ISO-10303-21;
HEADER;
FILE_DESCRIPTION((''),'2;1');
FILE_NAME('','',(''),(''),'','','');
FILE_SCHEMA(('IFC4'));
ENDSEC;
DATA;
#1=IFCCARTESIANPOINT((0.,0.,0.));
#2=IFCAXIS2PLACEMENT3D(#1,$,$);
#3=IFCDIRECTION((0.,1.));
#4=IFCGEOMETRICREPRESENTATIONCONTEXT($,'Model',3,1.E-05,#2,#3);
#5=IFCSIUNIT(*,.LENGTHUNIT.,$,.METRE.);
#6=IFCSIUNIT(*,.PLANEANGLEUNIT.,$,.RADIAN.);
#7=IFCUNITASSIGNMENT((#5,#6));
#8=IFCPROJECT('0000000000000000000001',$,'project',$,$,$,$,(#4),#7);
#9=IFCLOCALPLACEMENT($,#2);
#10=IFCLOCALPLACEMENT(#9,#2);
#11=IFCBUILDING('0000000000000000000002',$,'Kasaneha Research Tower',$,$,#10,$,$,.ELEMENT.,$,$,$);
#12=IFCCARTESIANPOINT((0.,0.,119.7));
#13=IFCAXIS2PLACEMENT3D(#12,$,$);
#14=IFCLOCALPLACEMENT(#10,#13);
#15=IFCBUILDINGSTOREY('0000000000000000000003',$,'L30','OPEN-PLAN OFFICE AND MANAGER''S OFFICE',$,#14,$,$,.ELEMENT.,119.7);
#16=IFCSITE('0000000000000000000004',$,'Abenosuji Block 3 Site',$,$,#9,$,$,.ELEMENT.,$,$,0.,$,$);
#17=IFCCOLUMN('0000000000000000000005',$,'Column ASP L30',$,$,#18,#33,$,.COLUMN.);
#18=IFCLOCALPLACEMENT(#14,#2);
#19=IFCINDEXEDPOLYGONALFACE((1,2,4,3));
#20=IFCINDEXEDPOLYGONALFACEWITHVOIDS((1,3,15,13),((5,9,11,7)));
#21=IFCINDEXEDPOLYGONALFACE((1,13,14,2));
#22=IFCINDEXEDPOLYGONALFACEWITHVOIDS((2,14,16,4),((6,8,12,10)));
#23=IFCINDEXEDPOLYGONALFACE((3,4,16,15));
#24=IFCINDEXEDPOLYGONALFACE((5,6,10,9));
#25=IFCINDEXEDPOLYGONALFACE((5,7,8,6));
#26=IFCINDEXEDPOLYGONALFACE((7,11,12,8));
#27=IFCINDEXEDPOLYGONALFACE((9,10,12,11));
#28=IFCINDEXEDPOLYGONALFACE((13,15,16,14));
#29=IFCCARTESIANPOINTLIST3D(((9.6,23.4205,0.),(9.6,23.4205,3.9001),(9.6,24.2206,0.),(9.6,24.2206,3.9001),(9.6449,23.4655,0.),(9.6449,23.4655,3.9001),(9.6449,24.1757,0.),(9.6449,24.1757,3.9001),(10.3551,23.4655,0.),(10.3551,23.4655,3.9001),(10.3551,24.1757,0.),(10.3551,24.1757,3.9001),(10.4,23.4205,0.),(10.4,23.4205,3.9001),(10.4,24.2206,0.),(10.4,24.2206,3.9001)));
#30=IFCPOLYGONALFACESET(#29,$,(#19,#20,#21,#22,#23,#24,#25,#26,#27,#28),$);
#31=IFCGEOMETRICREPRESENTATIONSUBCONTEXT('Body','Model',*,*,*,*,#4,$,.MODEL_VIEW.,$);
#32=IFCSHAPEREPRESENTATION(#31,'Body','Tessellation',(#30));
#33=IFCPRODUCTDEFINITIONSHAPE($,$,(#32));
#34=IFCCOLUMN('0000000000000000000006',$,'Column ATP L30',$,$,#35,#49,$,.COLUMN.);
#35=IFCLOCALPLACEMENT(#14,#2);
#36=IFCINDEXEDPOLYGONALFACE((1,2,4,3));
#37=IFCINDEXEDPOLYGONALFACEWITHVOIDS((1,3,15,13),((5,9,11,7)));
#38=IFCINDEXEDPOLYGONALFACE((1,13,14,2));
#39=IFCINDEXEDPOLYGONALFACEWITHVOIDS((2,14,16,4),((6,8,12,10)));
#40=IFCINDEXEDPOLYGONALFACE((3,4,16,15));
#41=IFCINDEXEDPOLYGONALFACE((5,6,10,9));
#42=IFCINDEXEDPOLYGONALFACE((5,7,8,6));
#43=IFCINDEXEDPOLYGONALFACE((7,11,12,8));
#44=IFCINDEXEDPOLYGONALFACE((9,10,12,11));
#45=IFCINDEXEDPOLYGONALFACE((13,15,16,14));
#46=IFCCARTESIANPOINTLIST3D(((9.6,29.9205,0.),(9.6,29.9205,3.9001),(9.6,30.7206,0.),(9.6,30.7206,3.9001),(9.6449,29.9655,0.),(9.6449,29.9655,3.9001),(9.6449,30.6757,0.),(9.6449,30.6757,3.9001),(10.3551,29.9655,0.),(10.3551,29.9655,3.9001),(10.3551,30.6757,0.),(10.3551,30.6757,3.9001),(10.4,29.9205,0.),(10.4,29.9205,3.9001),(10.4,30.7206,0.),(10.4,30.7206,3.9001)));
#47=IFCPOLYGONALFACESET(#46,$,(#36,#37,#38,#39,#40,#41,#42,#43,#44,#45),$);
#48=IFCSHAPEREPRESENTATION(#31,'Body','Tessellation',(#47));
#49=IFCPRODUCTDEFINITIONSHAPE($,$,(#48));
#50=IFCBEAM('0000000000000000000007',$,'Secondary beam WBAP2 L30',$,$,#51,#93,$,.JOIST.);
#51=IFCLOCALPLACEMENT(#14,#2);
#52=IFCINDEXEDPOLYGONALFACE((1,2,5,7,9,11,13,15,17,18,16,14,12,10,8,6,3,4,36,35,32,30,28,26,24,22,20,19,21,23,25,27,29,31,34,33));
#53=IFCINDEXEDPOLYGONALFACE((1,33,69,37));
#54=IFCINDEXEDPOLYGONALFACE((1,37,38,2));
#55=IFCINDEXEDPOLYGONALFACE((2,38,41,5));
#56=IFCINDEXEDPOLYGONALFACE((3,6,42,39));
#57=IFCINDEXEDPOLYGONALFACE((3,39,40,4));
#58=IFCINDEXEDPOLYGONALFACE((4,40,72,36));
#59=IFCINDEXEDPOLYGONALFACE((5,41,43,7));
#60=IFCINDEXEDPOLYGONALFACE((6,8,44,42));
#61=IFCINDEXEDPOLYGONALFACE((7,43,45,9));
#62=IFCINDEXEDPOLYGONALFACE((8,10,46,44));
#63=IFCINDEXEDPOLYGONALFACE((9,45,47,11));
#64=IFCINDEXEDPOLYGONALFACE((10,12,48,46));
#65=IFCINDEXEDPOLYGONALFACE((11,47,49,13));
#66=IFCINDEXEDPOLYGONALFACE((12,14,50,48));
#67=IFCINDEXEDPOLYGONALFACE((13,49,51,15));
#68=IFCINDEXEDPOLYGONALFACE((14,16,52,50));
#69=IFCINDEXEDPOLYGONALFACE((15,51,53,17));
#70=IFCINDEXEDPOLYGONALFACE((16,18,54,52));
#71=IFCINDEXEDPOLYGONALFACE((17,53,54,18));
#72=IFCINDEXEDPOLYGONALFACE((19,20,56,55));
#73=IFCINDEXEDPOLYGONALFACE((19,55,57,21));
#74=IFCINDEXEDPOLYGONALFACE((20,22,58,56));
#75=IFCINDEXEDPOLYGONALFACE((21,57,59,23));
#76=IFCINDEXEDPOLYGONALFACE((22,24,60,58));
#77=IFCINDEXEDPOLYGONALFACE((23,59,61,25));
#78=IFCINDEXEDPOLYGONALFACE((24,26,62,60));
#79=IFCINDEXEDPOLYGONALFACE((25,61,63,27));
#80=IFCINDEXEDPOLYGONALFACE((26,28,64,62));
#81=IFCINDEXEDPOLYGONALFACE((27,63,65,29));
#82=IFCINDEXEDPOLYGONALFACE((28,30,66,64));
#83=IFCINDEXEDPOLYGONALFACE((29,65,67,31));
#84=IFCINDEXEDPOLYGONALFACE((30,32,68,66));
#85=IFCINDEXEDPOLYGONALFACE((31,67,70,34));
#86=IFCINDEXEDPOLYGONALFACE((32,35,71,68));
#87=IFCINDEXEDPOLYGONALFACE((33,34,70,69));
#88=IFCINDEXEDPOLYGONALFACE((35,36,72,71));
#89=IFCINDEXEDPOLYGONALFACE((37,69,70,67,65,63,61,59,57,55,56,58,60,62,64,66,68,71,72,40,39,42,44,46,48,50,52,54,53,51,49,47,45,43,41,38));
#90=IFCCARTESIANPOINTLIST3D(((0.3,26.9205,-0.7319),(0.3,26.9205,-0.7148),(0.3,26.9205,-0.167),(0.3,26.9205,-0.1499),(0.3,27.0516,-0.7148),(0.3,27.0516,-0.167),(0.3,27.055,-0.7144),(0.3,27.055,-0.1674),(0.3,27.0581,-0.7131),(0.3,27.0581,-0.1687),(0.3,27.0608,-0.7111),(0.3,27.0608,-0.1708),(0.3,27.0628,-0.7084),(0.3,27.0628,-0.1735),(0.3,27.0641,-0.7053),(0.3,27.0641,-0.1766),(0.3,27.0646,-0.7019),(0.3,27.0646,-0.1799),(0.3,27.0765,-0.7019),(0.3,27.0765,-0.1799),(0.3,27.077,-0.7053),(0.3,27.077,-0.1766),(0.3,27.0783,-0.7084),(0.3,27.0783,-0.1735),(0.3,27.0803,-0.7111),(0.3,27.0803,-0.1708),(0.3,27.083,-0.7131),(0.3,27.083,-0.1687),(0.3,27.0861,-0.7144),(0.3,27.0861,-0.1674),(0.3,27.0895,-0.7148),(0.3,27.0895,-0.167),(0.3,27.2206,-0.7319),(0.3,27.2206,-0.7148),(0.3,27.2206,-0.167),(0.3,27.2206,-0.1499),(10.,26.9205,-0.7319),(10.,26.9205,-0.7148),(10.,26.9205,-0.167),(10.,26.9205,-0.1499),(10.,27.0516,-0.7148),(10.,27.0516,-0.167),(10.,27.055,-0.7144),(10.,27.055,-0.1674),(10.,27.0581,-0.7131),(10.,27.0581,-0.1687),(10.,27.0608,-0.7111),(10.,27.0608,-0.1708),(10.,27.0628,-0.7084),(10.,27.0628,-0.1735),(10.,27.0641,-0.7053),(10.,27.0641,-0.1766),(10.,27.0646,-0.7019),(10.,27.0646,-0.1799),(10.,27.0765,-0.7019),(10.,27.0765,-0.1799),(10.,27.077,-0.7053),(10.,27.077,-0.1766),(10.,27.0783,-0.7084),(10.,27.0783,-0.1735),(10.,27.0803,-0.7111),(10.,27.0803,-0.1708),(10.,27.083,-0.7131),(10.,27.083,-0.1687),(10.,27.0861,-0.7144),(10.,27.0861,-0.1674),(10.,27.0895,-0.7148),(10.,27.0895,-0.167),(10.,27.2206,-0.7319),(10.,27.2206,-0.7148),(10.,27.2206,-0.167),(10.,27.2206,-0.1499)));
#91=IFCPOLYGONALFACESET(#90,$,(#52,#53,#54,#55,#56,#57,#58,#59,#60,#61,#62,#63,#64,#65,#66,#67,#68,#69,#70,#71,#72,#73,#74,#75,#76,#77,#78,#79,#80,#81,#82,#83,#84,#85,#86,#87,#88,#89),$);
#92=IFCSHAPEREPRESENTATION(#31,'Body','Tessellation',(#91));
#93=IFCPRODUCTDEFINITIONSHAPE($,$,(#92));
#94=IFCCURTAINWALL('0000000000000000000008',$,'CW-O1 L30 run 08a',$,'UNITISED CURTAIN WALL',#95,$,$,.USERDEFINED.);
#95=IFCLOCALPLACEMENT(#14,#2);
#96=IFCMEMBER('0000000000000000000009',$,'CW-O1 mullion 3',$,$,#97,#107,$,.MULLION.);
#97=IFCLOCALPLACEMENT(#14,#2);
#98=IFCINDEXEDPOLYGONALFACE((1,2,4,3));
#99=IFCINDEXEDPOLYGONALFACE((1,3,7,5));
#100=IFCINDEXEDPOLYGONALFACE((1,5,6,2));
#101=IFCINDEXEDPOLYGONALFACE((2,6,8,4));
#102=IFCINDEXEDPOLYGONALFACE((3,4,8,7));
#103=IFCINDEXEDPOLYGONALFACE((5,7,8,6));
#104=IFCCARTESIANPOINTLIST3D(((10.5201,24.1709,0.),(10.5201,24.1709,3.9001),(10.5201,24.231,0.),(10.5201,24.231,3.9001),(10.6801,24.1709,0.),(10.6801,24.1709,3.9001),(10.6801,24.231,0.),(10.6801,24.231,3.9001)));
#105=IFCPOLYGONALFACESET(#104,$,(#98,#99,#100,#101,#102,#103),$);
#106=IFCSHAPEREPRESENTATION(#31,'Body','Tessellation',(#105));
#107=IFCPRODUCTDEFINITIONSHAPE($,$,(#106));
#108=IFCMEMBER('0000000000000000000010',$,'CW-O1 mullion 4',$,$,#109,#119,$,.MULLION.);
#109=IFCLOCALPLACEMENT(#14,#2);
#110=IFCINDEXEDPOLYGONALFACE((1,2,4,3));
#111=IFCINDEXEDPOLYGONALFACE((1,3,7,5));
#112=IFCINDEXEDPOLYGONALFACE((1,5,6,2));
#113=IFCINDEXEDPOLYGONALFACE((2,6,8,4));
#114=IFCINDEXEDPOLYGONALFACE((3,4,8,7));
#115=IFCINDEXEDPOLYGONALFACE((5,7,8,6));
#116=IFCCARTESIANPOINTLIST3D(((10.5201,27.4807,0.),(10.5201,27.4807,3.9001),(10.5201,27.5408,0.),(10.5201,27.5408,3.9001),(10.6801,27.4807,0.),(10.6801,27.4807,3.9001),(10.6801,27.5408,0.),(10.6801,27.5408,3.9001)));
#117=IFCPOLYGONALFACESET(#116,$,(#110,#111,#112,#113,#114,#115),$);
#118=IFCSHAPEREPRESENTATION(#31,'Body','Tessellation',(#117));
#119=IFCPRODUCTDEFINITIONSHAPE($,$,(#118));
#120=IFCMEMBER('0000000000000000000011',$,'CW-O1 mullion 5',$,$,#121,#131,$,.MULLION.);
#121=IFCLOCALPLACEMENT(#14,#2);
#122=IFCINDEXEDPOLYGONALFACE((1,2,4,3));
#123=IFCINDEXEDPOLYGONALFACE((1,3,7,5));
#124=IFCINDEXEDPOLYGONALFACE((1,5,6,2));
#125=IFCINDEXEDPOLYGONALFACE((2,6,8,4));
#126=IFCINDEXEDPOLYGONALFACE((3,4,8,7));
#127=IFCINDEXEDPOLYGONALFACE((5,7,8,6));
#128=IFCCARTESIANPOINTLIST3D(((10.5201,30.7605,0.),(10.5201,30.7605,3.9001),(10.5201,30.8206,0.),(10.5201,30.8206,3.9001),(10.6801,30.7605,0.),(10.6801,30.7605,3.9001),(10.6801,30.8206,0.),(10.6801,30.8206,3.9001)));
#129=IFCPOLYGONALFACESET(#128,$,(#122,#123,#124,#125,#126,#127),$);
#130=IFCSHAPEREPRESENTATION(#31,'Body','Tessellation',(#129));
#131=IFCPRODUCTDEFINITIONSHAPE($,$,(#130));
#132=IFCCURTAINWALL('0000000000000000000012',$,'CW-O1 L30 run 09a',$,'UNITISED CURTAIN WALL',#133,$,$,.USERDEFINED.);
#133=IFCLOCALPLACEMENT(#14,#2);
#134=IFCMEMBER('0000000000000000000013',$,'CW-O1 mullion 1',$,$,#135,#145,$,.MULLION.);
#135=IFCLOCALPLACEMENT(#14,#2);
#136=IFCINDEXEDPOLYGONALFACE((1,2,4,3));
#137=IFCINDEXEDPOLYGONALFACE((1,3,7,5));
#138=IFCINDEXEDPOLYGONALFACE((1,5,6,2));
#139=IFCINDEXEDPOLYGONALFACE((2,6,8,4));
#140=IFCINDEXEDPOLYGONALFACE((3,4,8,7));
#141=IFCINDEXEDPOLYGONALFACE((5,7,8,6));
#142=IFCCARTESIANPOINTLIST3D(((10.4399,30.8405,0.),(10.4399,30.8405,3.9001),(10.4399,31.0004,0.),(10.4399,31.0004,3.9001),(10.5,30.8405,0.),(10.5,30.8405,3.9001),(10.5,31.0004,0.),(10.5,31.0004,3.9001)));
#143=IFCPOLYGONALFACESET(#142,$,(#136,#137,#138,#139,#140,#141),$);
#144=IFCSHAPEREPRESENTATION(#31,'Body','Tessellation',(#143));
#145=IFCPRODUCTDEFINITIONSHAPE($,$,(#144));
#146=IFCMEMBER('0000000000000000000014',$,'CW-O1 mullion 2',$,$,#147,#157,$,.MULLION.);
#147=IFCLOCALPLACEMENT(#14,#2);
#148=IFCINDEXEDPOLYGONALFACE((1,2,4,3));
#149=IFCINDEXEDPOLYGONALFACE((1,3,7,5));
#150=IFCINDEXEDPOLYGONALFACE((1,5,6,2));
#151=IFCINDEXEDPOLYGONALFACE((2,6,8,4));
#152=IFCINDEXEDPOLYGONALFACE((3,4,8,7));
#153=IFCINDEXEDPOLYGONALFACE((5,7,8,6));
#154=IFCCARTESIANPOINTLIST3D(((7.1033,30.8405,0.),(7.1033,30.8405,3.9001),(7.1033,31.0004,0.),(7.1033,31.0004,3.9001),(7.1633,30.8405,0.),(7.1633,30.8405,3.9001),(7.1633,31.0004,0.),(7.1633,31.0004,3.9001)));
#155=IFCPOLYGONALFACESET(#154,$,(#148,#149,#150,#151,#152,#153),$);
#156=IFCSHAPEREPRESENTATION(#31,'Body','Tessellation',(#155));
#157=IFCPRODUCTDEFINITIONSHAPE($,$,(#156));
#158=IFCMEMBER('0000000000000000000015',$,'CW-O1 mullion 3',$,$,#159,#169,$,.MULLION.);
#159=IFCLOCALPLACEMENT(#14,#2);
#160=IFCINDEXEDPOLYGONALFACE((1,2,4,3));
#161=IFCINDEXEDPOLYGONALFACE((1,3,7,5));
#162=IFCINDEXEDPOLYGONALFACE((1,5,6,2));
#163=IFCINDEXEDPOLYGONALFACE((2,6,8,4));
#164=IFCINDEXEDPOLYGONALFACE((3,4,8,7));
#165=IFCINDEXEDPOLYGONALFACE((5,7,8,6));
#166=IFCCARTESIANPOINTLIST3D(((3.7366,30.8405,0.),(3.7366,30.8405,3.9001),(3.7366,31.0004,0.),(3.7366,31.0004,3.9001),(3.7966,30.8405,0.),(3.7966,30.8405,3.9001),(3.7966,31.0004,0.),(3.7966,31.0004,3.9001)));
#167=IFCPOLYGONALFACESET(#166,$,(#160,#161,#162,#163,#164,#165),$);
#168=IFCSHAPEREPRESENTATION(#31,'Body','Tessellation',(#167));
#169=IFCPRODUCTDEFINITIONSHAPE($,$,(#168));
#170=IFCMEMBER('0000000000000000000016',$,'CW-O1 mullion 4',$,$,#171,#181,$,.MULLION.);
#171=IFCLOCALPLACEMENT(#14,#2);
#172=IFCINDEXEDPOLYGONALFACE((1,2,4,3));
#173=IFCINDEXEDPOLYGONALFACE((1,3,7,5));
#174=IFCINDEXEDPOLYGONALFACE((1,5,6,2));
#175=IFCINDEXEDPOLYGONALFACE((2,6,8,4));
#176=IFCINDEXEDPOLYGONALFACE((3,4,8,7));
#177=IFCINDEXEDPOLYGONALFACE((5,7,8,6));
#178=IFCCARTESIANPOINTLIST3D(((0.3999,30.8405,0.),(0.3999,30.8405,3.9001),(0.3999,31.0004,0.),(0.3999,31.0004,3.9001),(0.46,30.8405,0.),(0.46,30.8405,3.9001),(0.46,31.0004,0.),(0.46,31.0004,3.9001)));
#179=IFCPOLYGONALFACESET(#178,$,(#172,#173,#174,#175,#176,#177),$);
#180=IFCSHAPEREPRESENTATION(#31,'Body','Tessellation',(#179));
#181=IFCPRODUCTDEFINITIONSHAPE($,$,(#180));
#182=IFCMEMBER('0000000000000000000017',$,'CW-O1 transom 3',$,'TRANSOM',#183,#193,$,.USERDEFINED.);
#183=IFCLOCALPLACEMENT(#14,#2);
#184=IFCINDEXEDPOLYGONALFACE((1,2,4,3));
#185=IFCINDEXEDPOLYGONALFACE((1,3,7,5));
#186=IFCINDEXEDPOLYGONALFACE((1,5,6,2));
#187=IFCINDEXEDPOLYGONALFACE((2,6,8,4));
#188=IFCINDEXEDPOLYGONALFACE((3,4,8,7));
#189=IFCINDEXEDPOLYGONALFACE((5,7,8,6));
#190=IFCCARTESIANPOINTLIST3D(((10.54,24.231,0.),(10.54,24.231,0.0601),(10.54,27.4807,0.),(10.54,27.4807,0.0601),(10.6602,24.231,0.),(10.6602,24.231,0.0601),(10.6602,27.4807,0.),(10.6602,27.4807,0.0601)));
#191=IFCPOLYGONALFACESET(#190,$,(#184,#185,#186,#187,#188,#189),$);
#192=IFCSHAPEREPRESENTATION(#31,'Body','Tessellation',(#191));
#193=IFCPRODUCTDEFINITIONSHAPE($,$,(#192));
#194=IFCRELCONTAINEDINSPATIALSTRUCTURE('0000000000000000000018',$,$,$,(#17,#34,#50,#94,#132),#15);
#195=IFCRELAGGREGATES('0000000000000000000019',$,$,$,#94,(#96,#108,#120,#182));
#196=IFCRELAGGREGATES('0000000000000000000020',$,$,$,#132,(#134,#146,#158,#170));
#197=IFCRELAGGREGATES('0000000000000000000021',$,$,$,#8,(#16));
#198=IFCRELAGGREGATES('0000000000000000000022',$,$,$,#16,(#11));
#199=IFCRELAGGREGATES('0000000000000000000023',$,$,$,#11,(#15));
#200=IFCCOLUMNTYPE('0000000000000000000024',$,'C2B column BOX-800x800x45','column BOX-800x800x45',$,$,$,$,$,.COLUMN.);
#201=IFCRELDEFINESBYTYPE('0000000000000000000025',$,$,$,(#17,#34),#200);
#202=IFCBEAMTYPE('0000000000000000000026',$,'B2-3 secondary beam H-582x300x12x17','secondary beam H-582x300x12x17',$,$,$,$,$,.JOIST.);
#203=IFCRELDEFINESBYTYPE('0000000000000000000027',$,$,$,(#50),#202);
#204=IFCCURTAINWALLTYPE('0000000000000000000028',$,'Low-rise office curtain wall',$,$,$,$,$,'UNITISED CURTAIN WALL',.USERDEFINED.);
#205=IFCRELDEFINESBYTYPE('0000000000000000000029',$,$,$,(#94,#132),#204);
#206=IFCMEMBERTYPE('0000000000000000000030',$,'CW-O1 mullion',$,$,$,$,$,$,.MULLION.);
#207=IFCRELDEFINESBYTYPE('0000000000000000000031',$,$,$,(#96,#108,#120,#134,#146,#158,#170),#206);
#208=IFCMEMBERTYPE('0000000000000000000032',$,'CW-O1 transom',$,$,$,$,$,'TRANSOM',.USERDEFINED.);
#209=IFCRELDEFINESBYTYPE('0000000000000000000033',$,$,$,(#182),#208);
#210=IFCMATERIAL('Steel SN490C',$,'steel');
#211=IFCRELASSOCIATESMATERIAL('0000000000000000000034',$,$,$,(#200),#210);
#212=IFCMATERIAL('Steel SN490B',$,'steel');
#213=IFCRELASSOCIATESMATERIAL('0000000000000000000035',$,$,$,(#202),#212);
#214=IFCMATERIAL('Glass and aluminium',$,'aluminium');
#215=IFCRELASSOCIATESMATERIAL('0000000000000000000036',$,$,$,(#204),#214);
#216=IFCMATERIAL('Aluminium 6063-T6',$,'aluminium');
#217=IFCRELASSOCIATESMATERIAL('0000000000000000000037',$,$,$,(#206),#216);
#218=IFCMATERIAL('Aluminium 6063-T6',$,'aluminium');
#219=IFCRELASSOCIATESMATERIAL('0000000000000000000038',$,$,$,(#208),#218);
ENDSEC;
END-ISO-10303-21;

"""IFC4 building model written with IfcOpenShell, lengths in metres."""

from ifc_helpers import new_model, si_unit, direction, frame, origin, origin_2d, place, context, subcontext, project, spatial, rectangle, hollow_rectangle, i_section, extrude, material, material_profile, profile_set, type_object, element, aggregate, save


model = new_model("IFC4")

# Units and contexts
model_context = context("Model", 3, precision=1e-05, world=origin(), true_north=direction((0.0, 1.0)))
body_context = subcontext(model_context, "Body", "Model", "MODEL_VIEW")
ifc_project = project(units=[si_unit("LENGTHUNIT", "METRE"), si_unit("PLANEANGLEUNIT", "RADIAN")], contexts=[model_context])

# Site, building, storey
site_placement = place(None, origin())
site = spatial("IfcSite", under=ifc_project, at=site_placement, Name="Abenosuji Block 3 Site", CompositionType="ELEMENT", RefElevation=0.0)
building_placement = place(site_placement, origin())
building = spatial("IfcBuilding", under=site, at=building_placement, Name="Kasaneha Research Tower", CompositionType="ELEMENT")
storey_placement = place(building_placement, frame((0.0, 0.0, 119.7)))
storey = spatial("IfcBuildingStorey", under=building, at=storey_placement, Name="L30", Description="OPEN-PLAN OFFICE AND MANAGER'S OFFICE", CompositionType="ELEMENT", Elevation=119.7)

# Columns
ifc_material_1 = material(Name="Steel SN490C", Category="steel")
ifc_material_profile_1 = material_profile(ifc_material_1, hollow_rectangle(XDim=0.8, YDim=0.8, WallThickness=0.0449, at=origin_2d()), Name="BOX-800x800x45")
ifc_profile_set_1 = profile_set([ifc_material_profile_1], Name="Steel SN490C")
column_type = type_object("IfcColumnType", Name="C2B column BOX-800x800x45", Description="column BOX-800x800x45", PredefinedType="COLUMN", material=ifc_profile_set_1)
for number, where, z_axis, x_axis, name in (
    (1, (10.0, 23.8206, 0.0), (0.0, 0.0, 1.0), (1.0, 0.0, 0.0), "Column ASP L30"),
    (2, (10.0, 30.3206, 0.0), (0.0, 0.0, 1.0), (1.0, 0.0, 0.0), "Column ATP L30"),
):
    element("IfcColumn", number, at=place(storey_placement, frame(where, z_axis=z_axis, x_axis=x_axis)), inside=storey, type_object=column_type, Name=name, PredefinedType="COLUMN", context=body_context, shape_type="SweptSolid", body=[
        extrude(hollow_rectangle(XDim=0.8, YDim=0.8, WallThickness=0.0449, at=origin_2d()), origin(), (0.0, 0.0, 1.0), 3.9001),
    ])

# Beam
ifc_material_2 = material(Name="Steel SN490B", Category="steel")
ifc_material_profile_2 = material_profile(ifc_material_2, i_section(OverallWidth=0.3, OverallDepth=0.582, WebThickness=0.012, FlangeThickness=0.0171, FilletRadius=0.0129, at=origin_2d()), Name="H-582x300x12x17")
ifc_profile_set_2 = profile_set([ifc_material_profile_2], Name="Steel SN490B")
beam_type_1 = type_object("IfcBeamType", Name="B2-3 secondary beam H-582x300x12x17", Description="secondary beam H-582x300x12x17", PredefinedType="JOIST", material=ifc_profile_set_2)
beam_1_placement = place(storey_placement, frame((10.0, 27.0706, -0.4409), z_axis=(-1.0, 0.0, 0.0), x_axis=(0.0, -1.0, 0.0)))
element("IfcBeam", 3, at=beam_1_placement, inside=storey, type_object=beam_type_1, Name="Secondary beam WBAP2 L30", PredefinedType="JOIST", context=body_context, shape_type="SweptSolid", body=[
    extrude(i_section(OverallWidth=0.3, OverallDepth=0.582, WebThickness=0.012, FlangeThickness=0.0171, FilletRadius=0.0129, at=origin_2d()), origin(), (0.0, 0.0, 1.0), 9.7),
])

# Curtain walls, members
ifc_material_3 = material(Name="Glass and aluminium", Category="aluminium")
curtain_wall_type = type_object("IfcCurtainWallType", Name="Low-rise office curtain wall", ElementType="UNITISED CURTAIN WALL", PredefinedType="USERDEFINED", material=ifc_material_3)
curtain_wall_1_placement = place(storey_placement, origin())
curtain_wall_1 = element("IfcCurtainWall", 4, at=curtain_wall_1_placement, inside=storey, type_object=curtain_wall_type, Name="CW-O1 L30 run 08a", ObjectType="UNITISED CURTAIN WALL", PredefinedType="USERDEFINED")
ifc_material_4 = material(Name="Aluminium 6063-T6", Category="aluminium")
ifc_material_profile_3 = material_profile(ifc_material_4, rectangle(XDim=0.0601, YDim=0.1599, at=origin_2d()), Name="CW-O1 mullion 60x160")
ifc_profile_set_3 = profile_set([ifc_material_profile_3], Name="Aluminium 6063-T6")
member_type_1 = type_object("IfcMemberType", Name="CW-O1 mullion", PredefinedType="MULLION", material=ifc_profile_set_3)
member_1_placement = place(storey_placement, frame((10.6001, 24.2009, 0.0), z_axis=(0.0, 0.0, 1.0), x_axis=(0.0, 1.0, 0.0)))
member_1 = element("IfcMember", 5, at=member_1_placement, type_object=member_type_1, Name="CW-O1 mullion 3", PredefinedType="MULLION", context=body_context, shape_type="SweptSolid", body=[
    extrude(rectangle(XDim=0.0601, YDim=0.1599, at=origin_2d()), origin(), (0.0, 0.0, 1.0), 3.9001),
])
member_2_placement = place(storey_placement, frame((10.6001, 27.5107, 0.0), z_axis=(0.0, 0.0, 1.0), x_axis=(0.0, 1.0, 0.0)))
member_2 = element("IfcMember", 6, at=member_2_placement, type_object=member_type_1, Name="CW-O1 mullion 4", PredefinedType="MULLION", context=body_context, shape_type="SweptSolid", body=[
    extrude(rectangle(XDim=0.0601, YDim=0.1599, at=origin_2d()), origin(), (0.0, 0.0, 1.0), 3.9001),
])
member_3_placement = place(storey_placement, frame((10.6001, 30.7905, 0.0), z_axis=(0.0, 0.0, 1.0), x_axis=(0.0, 1.0, 0.0)))
member_3 = element("IfcMember", 7, at=member_3_placement, type_object=member_type_1, Name="CW-O1 mullion 5", PredefinedType="MULLION", context=body_context, shape_type="SweptSolid", body=[
    extrude(rectangle(XDim=0.0601, YDim=0.1599, at=origin_2d()), origin(), (0.0, 0.0, 1.0), 3.9001),
])
curtain_wall_2_placement = place(storey_placement, origin())
curtain_wall_2 = element("IfcCurtainWall", 8, at=curtain_wall_2_placement, inside=storey, type_object=curtain_wall_type, Name="CW-O1 L30 run 09a", ObjectType="UNITISED CURTAIN WALL", PredefinedType="USERDEFINED")
member_4_placement = place(storey_placement, frame((10.47, 30.9204, 0.0), z_axis=(0.0, 0.0, 1.0), x_axis=(-1.0, 0.0, 0.0)))
member_4 = element("IfcMember", 9, at=member_4_placement, type_object=member_type_1, Name="CW-O1 mullion 1", PredefinedType="MULLION", context=body_context, shape_type="SweptSolid", body=[
    extrude(rectangle(XDim=0.0601, YDim=0.1599, at=origin_2d()), origin(), (0.0, 0.0, 1.0), 3.9001),
])
member_5_placement = place(storey_placement, frame((7.1333, 30.9204, 0.0), z_axis=(0.0, 0.0, 1.0), x_axis=(-1.0, 0.0, 0.0)))
member_5 = element("IfcMember", 10, at=member_5_placement, type_object=member_type_1, Name="CW-O1 mullion 2", PredefinedType="MULLION", context=body_context, shape_type="SweptSolid", body=[
    extrude(rectangle(XDim=0.0601, YDim=0.1599, at=origin_2d()), origin(), (0.0, 0.0, 1.0), 3.9001),
])
member_6_placement = place(storey_placement, frame((3.7666, 30.9204, 0.0), z_axis=(0.0, 0.0, 1.0), x_axis=(-1.0, 0.0, 0.0)))
member_6 = element("IfcMember", 11, at=member_6_placement, type_object=member_type_1, Name="CW-O1 mullion 3", PredefinedType="MULLION", context=body_context, shape_type="SweptSolid", body=[
    extrude(rectangle(XDim=0.0601, YDim=0.1599, at=origin_2d()), origin(), (0.0, 0.0, 1.0), 3.9001),
])
member_7_placement = place(storey_placement, frame((0.4299, 30.9204, 0.0), z_axis=(0.0, 0.0, 1.0), x_axis=(-1.0, 0.0, 0.0)))
member_7 = element("IfcMember", 12, at=member_7_placement, type_object=member_type_1, Name="CW-O1 mullion 4", PredefinedType="MULLION", context=body_context, shape_type="SweptSolid", body=[
    extrude(rectangle(XDim=0.0601, YDim=0.1599, at=origin_2d()), origin(), (0.0, 0.0, 1.0), 3.9001),
])

# Member
ifc_material_5 = material(Name="Aluminium 6063-T6", Category="aluminium")
ifc_material_profile_4 = material_profile(ifc_material_5, rectangle(XDim=0.1201, YDim=0.0601, at=origin_2d()), Name="CW-O1 transom 120x60")
ifc_profile_set_4 = profile_set([ifc_material_profile_4], Name="Aluminium 6063-T6")
member_type_2 = type_object("IfcMemberType", Name="CW-O1 transom", ElementType="TRANSOM", PredefinedType="USERDEFINED", material=ifc_profile_set_4)
member_8_placement = place(storey_placement, frame((10.6001, 24.231, 0.03), z_axis=(0.0, 1.0, 0.0), x_axis=(-1.0, 0.0, 0.0)))
member_8 = element("IfcMember", 13, at=member_8_placement, type_object=member_type_2, Name="CW-O1 transom 3", ObjectType="TRANSOM", PredefinedType="USERDEFINED", context=body_context, shape_type="SweptSolid", body=[
    extrude(rectangle(XDim=0.1201, YDim=0.0601, at=origin_2d()), origin(), (0.0, 0.0, 1.0), 3.2498),
])

aggregate(curtain_wall_1, [member_1, member_2, member_3, member_8])
aggregate(curtain_wall_2, [member_4, member_5, member_6, member_7])

save(model, "model.ifc")
